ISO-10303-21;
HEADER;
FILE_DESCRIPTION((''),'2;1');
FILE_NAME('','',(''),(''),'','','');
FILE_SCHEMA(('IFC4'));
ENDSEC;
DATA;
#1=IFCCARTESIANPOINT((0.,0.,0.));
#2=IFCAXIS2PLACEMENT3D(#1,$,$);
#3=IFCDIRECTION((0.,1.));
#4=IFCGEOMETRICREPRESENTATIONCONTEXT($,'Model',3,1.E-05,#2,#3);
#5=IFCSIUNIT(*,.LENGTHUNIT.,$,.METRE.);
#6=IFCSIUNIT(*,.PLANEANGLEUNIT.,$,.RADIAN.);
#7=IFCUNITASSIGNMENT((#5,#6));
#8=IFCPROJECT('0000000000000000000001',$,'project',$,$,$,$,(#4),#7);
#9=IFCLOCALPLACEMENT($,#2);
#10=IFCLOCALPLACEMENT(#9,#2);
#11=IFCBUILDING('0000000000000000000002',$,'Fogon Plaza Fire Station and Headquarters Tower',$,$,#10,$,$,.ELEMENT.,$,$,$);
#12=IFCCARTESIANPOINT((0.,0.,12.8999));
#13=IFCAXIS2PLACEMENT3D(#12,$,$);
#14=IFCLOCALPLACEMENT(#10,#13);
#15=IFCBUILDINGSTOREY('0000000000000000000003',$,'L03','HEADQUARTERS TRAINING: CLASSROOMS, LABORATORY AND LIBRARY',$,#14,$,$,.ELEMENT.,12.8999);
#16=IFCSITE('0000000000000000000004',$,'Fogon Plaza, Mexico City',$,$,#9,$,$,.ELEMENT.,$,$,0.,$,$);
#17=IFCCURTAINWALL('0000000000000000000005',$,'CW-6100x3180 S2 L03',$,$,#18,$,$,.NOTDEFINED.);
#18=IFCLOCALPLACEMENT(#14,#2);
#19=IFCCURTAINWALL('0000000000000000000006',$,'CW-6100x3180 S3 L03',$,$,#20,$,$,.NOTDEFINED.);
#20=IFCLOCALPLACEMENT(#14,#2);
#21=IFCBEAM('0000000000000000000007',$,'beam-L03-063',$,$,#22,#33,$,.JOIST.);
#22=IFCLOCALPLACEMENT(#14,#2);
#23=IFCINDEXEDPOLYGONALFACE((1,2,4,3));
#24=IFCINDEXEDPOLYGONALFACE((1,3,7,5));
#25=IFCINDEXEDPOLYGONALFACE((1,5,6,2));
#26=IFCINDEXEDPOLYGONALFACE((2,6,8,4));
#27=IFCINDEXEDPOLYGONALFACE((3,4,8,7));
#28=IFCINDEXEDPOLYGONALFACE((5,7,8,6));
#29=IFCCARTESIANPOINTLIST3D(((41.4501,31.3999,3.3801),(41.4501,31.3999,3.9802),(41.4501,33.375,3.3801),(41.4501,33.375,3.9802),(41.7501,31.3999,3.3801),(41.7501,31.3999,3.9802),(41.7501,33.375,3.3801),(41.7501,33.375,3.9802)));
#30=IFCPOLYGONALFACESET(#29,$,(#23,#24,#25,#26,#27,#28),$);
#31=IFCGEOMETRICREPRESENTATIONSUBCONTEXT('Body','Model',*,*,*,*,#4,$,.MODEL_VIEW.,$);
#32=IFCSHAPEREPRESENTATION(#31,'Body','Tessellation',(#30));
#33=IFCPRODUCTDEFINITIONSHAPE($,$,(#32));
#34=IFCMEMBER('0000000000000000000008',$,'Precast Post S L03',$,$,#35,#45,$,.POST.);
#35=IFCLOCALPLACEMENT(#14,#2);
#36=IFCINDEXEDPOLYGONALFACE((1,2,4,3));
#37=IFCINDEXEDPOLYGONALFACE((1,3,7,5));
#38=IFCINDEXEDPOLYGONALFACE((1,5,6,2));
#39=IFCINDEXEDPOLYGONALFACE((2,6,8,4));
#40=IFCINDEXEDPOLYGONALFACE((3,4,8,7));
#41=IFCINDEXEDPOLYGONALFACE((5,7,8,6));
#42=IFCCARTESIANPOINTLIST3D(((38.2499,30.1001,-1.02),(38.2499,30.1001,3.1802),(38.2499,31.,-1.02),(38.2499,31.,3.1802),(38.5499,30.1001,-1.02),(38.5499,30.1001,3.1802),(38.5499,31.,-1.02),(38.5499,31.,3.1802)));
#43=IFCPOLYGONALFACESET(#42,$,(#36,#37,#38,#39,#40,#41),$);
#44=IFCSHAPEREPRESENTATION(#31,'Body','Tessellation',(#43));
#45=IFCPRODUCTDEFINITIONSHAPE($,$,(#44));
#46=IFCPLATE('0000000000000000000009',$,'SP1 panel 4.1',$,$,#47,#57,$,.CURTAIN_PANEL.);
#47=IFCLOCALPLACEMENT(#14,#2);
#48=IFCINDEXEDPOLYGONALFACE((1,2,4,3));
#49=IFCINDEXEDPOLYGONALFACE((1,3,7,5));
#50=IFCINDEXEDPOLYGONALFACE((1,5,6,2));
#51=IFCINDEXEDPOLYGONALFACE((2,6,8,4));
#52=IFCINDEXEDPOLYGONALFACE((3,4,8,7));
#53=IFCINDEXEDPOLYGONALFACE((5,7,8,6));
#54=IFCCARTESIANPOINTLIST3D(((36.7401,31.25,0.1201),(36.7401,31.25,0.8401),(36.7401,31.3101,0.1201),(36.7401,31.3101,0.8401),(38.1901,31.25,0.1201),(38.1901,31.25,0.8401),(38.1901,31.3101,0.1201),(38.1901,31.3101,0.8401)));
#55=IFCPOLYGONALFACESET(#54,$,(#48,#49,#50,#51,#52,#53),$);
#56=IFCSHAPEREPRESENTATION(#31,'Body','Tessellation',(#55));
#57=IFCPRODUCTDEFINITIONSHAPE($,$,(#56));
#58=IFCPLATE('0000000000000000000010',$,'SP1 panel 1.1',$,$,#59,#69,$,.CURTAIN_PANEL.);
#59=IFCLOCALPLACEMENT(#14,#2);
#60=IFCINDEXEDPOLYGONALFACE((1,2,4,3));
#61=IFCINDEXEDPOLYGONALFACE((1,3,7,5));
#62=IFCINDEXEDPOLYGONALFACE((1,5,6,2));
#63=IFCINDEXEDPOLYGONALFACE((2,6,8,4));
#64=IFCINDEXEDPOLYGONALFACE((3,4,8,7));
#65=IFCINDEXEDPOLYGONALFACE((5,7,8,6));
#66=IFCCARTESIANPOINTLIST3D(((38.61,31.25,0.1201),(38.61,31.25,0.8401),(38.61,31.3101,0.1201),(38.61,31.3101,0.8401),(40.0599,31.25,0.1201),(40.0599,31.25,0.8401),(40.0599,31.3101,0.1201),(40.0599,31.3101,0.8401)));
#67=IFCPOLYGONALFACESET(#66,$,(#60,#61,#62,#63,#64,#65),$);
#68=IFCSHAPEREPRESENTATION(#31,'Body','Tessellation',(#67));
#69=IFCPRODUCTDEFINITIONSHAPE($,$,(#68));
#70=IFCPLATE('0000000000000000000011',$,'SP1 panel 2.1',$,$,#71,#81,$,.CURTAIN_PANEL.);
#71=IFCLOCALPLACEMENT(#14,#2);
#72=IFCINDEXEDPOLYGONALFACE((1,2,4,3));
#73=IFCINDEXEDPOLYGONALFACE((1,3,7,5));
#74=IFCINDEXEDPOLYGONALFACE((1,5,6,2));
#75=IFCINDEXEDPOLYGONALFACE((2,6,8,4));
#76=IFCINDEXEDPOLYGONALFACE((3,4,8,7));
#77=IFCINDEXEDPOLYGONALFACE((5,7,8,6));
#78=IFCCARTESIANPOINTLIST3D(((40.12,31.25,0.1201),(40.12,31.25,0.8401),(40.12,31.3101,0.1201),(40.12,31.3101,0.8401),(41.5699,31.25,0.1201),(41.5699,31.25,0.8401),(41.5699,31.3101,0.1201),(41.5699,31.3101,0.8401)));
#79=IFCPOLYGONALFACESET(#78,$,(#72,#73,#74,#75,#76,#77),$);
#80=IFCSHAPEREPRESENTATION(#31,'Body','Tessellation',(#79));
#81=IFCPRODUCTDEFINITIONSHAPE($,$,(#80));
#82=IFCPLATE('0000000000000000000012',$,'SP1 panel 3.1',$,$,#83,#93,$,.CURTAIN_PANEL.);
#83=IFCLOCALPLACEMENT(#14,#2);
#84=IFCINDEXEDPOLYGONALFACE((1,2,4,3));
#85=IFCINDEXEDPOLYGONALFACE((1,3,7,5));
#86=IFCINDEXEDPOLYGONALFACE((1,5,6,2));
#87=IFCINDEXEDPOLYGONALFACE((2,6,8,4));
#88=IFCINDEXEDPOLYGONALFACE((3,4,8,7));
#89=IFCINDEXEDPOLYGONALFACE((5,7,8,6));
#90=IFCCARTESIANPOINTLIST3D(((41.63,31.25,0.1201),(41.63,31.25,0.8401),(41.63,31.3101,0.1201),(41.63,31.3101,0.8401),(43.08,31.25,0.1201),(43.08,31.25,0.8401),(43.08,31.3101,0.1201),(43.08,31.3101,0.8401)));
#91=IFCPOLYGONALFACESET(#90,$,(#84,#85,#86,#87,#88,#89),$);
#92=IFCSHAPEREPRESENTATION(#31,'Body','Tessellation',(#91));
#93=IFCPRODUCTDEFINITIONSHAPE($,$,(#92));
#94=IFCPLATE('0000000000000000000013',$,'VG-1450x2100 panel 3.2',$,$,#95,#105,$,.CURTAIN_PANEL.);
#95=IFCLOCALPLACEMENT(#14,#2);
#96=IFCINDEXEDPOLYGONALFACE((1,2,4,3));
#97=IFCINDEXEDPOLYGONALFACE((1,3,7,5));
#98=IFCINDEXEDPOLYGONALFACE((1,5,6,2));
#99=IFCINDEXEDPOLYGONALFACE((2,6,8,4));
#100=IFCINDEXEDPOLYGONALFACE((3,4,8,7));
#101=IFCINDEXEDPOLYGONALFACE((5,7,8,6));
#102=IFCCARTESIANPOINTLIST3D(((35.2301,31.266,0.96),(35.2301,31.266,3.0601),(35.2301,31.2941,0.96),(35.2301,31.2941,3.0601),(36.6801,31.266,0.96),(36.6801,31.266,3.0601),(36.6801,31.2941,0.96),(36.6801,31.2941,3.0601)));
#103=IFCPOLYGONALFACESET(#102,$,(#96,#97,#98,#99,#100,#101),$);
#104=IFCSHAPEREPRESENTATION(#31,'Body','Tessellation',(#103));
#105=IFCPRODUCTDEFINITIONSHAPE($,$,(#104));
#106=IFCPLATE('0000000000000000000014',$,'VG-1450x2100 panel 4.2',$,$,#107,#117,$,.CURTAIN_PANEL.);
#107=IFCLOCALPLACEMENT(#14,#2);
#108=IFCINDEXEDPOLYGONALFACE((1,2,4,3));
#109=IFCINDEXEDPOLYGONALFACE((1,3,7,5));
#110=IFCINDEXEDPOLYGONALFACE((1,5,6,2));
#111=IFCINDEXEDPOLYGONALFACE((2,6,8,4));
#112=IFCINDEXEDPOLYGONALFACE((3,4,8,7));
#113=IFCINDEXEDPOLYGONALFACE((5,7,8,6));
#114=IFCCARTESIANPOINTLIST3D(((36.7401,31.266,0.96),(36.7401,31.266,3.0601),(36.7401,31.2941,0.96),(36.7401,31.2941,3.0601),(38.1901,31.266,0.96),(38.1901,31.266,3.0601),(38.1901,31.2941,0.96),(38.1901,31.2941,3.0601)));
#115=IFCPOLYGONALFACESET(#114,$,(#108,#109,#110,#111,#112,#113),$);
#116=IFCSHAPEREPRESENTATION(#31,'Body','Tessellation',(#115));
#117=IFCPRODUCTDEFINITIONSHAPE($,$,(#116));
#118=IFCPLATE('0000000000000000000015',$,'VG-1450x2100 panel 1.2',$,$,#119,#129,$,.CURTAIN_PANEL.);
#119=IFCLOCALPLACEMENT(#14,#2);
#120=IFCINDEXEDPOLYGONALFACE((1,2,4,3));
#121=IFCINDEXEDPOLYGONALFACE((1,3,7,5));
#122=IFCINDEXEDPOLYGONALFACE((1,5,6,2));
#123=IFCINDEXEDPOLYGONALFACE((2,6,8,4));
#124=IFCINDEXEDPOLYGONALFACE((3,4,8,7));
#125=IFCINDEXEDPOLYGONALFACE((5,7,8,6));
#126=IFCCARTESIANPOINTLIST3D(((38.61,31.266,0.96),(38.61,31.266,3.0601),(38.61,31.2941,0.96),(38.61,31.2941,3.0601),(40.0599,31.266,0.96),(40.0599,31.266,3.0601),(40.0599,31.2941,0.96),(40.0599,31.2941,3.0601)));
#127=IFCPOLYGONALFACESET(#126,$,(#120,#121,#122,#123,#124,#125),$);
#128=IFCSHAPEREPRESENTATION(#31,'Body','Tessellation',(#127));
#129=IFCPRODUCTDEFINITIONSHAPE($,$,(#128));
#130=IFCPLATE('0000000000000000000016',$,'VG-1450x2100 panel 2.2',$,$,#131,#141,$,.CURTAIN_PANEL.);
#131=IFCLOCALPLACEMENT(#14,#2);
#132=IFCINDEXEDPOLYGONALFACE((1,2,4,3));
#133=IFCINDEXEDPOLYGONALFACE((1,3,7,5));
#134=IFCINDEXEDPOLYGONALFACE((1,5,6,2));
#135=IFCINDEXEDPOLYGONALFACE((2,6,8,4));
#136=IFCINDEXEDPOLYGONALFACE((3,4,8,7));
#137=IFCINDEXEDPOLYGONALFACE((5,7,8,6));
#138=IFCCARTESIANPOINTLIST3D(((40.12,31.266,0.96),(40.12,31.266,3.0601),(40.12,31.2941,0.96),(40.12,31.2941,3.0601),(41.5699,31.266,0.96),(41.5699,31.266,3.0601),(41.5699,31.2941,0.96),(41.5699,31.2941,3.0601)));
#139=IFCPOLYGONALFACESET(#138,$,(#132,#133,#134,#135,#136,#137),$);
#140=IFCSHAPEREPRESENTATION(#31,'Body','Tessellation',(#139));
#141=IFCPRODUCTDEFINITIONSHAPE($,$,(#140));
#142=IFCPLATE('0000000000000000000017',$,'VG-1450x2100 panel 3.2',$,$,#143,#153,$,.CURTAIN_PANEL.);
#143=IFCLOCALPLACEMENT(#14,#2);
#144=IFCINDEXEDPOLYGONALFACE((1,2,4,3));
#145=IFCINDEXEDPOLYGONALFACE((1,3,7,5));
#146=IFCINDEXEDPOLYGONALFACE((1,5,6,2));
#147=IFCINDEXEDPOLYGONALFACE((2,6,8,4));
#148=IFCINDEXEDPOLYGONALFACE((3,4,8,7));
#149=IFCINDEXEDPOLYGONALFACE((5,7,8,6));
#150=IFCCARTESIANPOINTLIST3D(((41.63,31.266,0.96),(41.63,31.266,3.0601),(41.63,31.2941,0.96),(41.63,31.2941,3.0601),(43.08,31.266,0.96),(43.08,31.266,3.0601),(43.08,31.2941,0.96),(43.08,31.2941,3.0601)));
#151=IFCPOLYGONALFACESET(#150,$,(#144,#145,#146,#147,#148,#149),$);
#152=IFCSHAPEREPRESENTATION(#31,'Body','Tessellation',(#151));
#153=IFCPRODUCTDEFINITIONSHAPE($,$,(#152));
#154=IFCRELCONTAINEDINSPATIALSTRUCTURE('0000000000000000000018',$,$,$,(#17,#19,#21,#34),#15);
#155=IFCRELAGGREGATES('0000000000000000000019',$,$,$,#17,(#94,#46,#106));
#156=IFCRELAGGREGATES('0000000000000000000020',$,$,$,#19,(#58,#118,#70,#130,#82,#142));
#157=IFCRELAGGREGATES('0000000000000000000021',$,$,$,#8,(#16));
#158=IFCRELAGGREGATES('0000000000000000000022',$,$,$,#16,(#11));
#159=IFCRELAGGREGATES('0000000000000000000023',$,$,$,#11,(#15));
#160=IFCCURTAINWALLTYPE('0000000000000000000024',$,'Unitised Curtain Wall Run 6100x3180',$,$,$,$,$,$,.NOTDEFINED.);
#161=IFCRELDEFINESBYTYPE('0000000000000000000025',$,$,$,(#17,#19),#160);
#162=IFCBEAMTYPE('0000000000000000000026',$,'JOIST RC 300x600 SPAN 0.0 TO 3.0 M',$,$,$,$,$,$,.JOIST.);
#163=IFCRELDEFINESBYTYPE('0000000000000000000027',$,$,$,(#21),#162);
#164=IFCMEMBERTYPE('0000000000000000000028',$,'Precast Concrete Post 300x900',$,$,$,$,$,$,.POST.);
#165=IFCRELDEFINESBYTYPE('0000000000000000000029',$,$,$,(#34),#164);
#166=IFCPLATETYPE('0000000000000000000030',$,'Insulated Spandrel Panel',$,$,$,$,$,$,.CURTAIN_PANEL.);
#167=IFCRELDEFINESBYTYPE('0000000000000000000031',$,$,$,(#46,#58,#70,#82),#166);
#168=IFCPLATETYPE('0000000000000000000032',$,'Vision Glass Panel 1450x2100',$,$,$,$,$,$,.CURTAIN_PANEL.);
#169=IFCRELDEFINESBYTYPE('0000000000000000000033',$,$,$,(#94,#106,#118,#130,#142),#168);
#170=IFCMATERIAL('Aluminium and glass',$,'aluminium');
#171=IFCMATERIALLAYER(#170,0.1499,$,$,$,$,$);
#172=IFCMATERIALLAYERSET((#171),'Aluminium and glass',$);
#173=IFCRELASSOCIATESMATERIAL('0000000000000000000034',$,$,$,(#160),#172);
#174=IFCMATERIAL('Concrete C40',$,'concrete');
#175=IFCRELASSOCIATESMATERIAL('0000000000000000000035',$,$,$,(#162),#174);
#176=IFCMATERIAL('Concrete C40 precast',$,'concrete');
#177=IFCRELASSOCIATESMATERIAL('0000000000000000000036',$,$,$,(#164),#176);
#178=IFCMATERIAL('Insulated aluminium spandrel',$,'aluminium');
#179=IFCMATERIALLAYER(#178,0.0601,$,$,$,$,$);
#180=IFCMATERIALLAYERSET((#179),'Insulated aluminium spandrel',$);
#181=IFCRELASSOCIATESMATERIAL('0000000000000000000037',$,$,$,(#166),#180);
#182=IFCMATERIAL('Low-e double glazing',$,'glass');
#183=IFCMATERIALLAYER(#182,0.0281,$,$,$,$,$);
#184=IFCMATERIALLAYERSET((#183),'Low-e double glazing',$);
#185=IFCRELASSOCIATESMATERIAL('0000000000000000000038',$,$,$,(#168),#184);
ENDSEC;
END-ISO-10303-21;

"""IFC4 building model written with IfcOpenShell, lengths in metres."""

from ifc_helpers import new_model, si_unit, direction, frame, origin, origin_2d, place, context, subcontext, project, spatial, rectangle, extrude, material, layer, layer_set, material_profile, profile_set, type_object, element, aggregate, save


model = new_model("IFC4")

# Units and contexts
model_context = context("Model", 3, precision=1e-05, world=origin(), true_north=direction((0.0, 1.0)))
body_context = subcontext(model_context, "Body", "Model", "MODEL_VIEW")
ifc_project = project(units=[si_unit("LENGTHUNIT", "METRE"), si_unit("PLANEANGLEUNIT", "RADIAN")], contexts=[model_context])

# Site, building, storey
site_placement = place(None, origin())
site = spatial("IfcSite", under=ifc_project, at=site_placement, Name="Fogon Plaza, Mexico City", CompositionType="ELEMENT", RefElevation=0.0)
building_placement = place(site_placement, origin())
building = spatial("IfcBuilding", under=site, at=building_placement, Name="Fogon Plaza Fire Station and Headquarters Tower", CompositionType="ELEMENT")
storey_placement = place(building_placement, frame((0.0, 0.0, 12.8999)))
storey = spatial("IfcBuildingStorey", under=building, at=storey_placement, Name="L03", Description="HEADQUARTERS TRAINING: CLASSROOMS, LABORATORY AND LIBRARY", CompositionType="ELEMENT", Elevation=12.8999)

# Curtain walls
ifc_material_1 = material(Name="Aluminium and glass", Category="aluminium")
ifc_layer_1 = layer(ifc_material_1, 0.1499)
ifc_layer_set_1 = layer_set([ifc_layer_1], Name="Aluminium and glass")
curtain_wall_type = type_object("IfcCurtainWallType", Name="Unitised Curtain Wall Run 6100x3180", PredefinedType="NOTDEFINED", material=ifc_layer_set_1)
curtain_wall_1_placement = place(storey_placement, origin())
curtain_wall_1 = element("IfcCurtainWall", 1, at=curtain_wall_1_placement, inside=storey, type_object=curtain_wall_type, Name="CW-6100x3180 S2 L03", PredefinedType="NOTDEFINED")
curtain_wall_2_placement = place(storey_placement, origin())
curtain_wall_2 = element("IfcCurtainWall", 2, at=curtain_wall_2_placement, inside=storey, type_object=curtain_wall_type, Name="CW-6100x3180 S3 L03", PredefinedType="NOTDEFINED")

# Beam
ifc_material_2 = material(Name="Concrete C40", Category="concrete")
ifc_material_profile_1 = material_profile(ifc_material_2, rectangle(XDim=0.3, YDim=0.6001, at=origin_2d()), Name="RC 300x600")
ifc_profile_set_1 = profile_set([ifc_material_profile_1], Name="Concrete C40")
beam_type_1 = type_object("IfcBeamType", Name="JOIST RC 300x600 SPAN 0.0 TO 3.0 M", PredefinedType="JOIST", material=ifc_profile_set_1)
beam_1_placement = place(storey_placement, frame((41.6001, 31.3999, 3.6802), z_axis=(0.0, 1.0, 0.0), x_axis=(-1.0, 0.0, 0.0)))
element("IfcBeam", 3, at=beam_1_placement, inside=storey, type_object=beam_type_1, Name="beam-L03-063", PredefinedType="JOIST", context=body_context, shape_type="SweptSolid", body=[
    extrude(rectangle(XDim=0.3, YDim=0.6001, at=origin_2d()), origin(), (0.0, 0.0, 1.0), 1.9751),
])

# Member
ifc_material_3 = material(Name="Concrete C40 precast", Category="concrete")
ifc_material_profile_2 = material_profile(ifc_material_3, rectangle(XDim=0.3, YDim=0.8999, at=origin_2d()), Name="Precast Concrete Post 300x900")
ifc_profile_set_2 = profile_set([ifc_material_profile_2], Name="Concrete C40 precast")
member_type_1 = type_object("IfcMemberType", Name="Precast Concrete Post 300x900", PredefinedType="POST", material=ifc_profile_set_2)
member_1_placement = place(storey_placement, frame((38.3999, 30.55, -1.02), z_axis=(0.0, 0.0, 1.0), x_axis=(1.0, 0.0, 0.0)))
element("IfcMember", 4, at=member_1_placement, inside=storey, type_object=member_type_1, Name="Precast Post S L03", PredefinedType="POST", context=body_context, shape_type="SweptSolid", body=[
    extrude(rectangle(XDim=0.3, YDim=0.8999, at=origin_2d()), origin(), (0.0, 0.0, 1.0), 4.2002),
])

# Plates
ifc_material_4 = material(Name="Insulated aluminium spandrel", Category="aluminium")
ifc_layer_2 = layer(ifc_material_4, 0.0601)
ifc_layer_set_2 = layer_set([ifc_layer_2], Name="Insulated aluminium spandrel")
plate_type_1 = type_object("IfcPlateType", Name="Insulated Spandrel Panel", PredefinedType="CURTAIN_PANEL", material=ifc_layer_set_2)
plate_1_placement = place(storey_placement, frame((37.4651, 31.28, 0.1201), z_axis=(0.0, 0.0, 1.0), x_axis=(1.0, 0.0, 0.0)))
plate_1 = element("IfcPlate", 5, at=plate_1_placement, type_object=plate_type_1, Name="SP1 panel 4.1", PredefinedType="CURTAIN_PANEL", context=body_context, shape_type="SweptSolid", body=[
    extrude(rectangle(XDim=1.45, YDim=0.0601, at=origin_2d()), origin(), (0.0, 0.0, 1.0), 0.72),
])
plate_2_placement = place(storey_placement, frame((39.335, 31.28, 0.1201), z_axis=(0.0, 0.0, 1.0), x_axis=(1.0, 0.0, 0.0)))
plate_2 = element("IfcPlate", 6, at=plate_2_placement, type_object=plate_type_1, Name="SP1 panel 1.1", PredefinedType="CURTAIN_PANEL", context=body_context, shape_type="SweptSolid", body=[
    extrude(rectangle(XDim=1.45, YDim=0.0601, at=origin_2d()), origin(), (0.0, 0.0, 1.0), 0.72),
])
plate_3_placement = place(storey_placement, frame((40.845, 31.28, 0.1201), z_axis=(0.0, 0.0, 1.0), x_axis=(1.0, 0.0, 0.0)))
plate_3 = element("IfcPlate", 7, at=plate_3_placement, type_object=plate_type_1, Name="SP1 panel 2.1", PredefinedType="CURTAIN_PANEL", context=body_context, shape_type="SweptSolid", body=[
    extrude(rectangle(XDim=1.45, YDim=0.0601, at=origin_2d()), origin(), (0.0, 0.0, 1.0), 0.72),
])
plate_4_placement = place(storey_placement, frame((42.355, 31.28, 0.1201), z_axis=(0.0, 0.0, 1.0), x_axis=(1.0, 0.0, 0.0)))
plate_4 = element("IfcPlate", 8, at=plate_4_placement, type_object=plate_type_1, Name="SP1 panel 3.1", PredefinedType="CURTAIN_PANEL", context=body_context, shape_type="SweptSolid", body=[
    extrude(rectangle(XDim=1.45, YDim=0.0601, at=origin_2d()), origin(), (0.0, 0.0, 1.0), 0.72),
])
ifc_material_5 = material(Name="Low-e double glazing", Category="glass")
ifc_layer_3 = layer(ifc_material_5, 0.0281)
ifc_layer_set_3 = layer_set([ifc_layer_3], Name="Low-e double glazing")
plate_type_2 = type_object("IfcPlateType", Name="Vision Glass Panel 1450x2100", PredefinedType="CURTAIN_PANEL", material=ifc_layer_set_3)
plate_5_placement = place(storey_placement, frame((35.9551, 31.28, 0.96), z_axis=(0.0, 0.0, 1.0), x_axis=(1.0, 0.0, 0.0)))
plate_5 = element("IfcPlate", 9, at=plate_5_placement, type_object=plate_type_2, Name="VG-1450x2100 panel 3.2", PredefinedType="CURTAIN_PANEL", context=body_context, shape_type="SweptSolid", body=[
    extrude(rectangle(XDim=1.45, YDim=0.0281, at=origin_2d()), origin(), (0.0, 0.0, 1.0), 2.1001),
])
plate_6_placement = place(storey_placement, frame((37.4651, 31.28, 0.96), z_axis=(0.0, 0.0, 1.0), x_axis=(1.0, 0.0, 0.0)))
plate_6 = element("IfcPlate", 10, at=plate_6_placement, type_object=plate_type_2, Name="VG-1450x2100 panel 4.2", PredefinedType="CURTAIN_PANEL", context=body_context, shape_type="SweptSolid", body=[
    extrude(rectangle(XDim=1.45, YDim=0.0281, at=origin_2d()), origin(), (0.0, 0.0, 1.0), 2.1001),
])
aggregate(curtain_wall_1, [plate_5, plate_1, plate_6])
plate_7_placement = place(storey_placement, frame((39.335, 31.28, 0.96), z_axis=(0.0, 0.0, 1.0), x_axis=(1.0, 0.0, 0.0)))
plate_7 = element("IfcPlate", 11, at=plate_7_placement, type_object=plate_type_2, Name="VG-1450x2100 panel 1.2", PredefinedType="CURTAIN_PANEL", context=body_context, shape_type="SweptSolid", body=[
    extrude(rectangle(XDim=1.45, YDim=0.0281, at=origin_2d()), origin(), (0.0, 0.0, 1.0), 2.1001),
])
plate_8_placement = place(storey_placement, frame((40.845, 31.28, 0.96), z_axis=(0.0, 0.0, 1.0), x_axis=(1.0, 0.0, 0.0)))
plate_8 = element("IfcPlate", 12, at=plate_8_placement, type_object=plate_type_2, Name="VG-1450x2100 panel 2.2", PredefinedType="CURTAIN_PANEL", context=body_context, shape_type="SweptSolid", body=[
    extrude(rectangle(XDim=1.45, YDim=0.0281, at=origin_2d()), origin(), (0.0, 0.0, 1.0), 2.1001),
])
plate_9_placement = place(storey_placement, frame((42.355, 31.28, 0.96), z_axis=(0.0, 0.0, 1.0), x_axis=(1.0, 0.0, 0.0)))
plate_9 = element("IfcPlate", 13, at=plate_9_placement, type_object=plate_type_2, Name="VG-1450x2100 panel 3.2", PredefinedType="CURTAIN_PANEL", context=body_context, shape_type="SweptSolid", body=[
    extrude(rectangle(XDim=1.45, YDim=0.0281, at=origin_2d()), origin(), (0.0, 0.0, 1.0), 2.1001),
])
aggregate(curtain_wall_2, [plate_2, plate_7, plate_3, plate_8, plate_4, plate_9])

save(model, "model.ifc")
